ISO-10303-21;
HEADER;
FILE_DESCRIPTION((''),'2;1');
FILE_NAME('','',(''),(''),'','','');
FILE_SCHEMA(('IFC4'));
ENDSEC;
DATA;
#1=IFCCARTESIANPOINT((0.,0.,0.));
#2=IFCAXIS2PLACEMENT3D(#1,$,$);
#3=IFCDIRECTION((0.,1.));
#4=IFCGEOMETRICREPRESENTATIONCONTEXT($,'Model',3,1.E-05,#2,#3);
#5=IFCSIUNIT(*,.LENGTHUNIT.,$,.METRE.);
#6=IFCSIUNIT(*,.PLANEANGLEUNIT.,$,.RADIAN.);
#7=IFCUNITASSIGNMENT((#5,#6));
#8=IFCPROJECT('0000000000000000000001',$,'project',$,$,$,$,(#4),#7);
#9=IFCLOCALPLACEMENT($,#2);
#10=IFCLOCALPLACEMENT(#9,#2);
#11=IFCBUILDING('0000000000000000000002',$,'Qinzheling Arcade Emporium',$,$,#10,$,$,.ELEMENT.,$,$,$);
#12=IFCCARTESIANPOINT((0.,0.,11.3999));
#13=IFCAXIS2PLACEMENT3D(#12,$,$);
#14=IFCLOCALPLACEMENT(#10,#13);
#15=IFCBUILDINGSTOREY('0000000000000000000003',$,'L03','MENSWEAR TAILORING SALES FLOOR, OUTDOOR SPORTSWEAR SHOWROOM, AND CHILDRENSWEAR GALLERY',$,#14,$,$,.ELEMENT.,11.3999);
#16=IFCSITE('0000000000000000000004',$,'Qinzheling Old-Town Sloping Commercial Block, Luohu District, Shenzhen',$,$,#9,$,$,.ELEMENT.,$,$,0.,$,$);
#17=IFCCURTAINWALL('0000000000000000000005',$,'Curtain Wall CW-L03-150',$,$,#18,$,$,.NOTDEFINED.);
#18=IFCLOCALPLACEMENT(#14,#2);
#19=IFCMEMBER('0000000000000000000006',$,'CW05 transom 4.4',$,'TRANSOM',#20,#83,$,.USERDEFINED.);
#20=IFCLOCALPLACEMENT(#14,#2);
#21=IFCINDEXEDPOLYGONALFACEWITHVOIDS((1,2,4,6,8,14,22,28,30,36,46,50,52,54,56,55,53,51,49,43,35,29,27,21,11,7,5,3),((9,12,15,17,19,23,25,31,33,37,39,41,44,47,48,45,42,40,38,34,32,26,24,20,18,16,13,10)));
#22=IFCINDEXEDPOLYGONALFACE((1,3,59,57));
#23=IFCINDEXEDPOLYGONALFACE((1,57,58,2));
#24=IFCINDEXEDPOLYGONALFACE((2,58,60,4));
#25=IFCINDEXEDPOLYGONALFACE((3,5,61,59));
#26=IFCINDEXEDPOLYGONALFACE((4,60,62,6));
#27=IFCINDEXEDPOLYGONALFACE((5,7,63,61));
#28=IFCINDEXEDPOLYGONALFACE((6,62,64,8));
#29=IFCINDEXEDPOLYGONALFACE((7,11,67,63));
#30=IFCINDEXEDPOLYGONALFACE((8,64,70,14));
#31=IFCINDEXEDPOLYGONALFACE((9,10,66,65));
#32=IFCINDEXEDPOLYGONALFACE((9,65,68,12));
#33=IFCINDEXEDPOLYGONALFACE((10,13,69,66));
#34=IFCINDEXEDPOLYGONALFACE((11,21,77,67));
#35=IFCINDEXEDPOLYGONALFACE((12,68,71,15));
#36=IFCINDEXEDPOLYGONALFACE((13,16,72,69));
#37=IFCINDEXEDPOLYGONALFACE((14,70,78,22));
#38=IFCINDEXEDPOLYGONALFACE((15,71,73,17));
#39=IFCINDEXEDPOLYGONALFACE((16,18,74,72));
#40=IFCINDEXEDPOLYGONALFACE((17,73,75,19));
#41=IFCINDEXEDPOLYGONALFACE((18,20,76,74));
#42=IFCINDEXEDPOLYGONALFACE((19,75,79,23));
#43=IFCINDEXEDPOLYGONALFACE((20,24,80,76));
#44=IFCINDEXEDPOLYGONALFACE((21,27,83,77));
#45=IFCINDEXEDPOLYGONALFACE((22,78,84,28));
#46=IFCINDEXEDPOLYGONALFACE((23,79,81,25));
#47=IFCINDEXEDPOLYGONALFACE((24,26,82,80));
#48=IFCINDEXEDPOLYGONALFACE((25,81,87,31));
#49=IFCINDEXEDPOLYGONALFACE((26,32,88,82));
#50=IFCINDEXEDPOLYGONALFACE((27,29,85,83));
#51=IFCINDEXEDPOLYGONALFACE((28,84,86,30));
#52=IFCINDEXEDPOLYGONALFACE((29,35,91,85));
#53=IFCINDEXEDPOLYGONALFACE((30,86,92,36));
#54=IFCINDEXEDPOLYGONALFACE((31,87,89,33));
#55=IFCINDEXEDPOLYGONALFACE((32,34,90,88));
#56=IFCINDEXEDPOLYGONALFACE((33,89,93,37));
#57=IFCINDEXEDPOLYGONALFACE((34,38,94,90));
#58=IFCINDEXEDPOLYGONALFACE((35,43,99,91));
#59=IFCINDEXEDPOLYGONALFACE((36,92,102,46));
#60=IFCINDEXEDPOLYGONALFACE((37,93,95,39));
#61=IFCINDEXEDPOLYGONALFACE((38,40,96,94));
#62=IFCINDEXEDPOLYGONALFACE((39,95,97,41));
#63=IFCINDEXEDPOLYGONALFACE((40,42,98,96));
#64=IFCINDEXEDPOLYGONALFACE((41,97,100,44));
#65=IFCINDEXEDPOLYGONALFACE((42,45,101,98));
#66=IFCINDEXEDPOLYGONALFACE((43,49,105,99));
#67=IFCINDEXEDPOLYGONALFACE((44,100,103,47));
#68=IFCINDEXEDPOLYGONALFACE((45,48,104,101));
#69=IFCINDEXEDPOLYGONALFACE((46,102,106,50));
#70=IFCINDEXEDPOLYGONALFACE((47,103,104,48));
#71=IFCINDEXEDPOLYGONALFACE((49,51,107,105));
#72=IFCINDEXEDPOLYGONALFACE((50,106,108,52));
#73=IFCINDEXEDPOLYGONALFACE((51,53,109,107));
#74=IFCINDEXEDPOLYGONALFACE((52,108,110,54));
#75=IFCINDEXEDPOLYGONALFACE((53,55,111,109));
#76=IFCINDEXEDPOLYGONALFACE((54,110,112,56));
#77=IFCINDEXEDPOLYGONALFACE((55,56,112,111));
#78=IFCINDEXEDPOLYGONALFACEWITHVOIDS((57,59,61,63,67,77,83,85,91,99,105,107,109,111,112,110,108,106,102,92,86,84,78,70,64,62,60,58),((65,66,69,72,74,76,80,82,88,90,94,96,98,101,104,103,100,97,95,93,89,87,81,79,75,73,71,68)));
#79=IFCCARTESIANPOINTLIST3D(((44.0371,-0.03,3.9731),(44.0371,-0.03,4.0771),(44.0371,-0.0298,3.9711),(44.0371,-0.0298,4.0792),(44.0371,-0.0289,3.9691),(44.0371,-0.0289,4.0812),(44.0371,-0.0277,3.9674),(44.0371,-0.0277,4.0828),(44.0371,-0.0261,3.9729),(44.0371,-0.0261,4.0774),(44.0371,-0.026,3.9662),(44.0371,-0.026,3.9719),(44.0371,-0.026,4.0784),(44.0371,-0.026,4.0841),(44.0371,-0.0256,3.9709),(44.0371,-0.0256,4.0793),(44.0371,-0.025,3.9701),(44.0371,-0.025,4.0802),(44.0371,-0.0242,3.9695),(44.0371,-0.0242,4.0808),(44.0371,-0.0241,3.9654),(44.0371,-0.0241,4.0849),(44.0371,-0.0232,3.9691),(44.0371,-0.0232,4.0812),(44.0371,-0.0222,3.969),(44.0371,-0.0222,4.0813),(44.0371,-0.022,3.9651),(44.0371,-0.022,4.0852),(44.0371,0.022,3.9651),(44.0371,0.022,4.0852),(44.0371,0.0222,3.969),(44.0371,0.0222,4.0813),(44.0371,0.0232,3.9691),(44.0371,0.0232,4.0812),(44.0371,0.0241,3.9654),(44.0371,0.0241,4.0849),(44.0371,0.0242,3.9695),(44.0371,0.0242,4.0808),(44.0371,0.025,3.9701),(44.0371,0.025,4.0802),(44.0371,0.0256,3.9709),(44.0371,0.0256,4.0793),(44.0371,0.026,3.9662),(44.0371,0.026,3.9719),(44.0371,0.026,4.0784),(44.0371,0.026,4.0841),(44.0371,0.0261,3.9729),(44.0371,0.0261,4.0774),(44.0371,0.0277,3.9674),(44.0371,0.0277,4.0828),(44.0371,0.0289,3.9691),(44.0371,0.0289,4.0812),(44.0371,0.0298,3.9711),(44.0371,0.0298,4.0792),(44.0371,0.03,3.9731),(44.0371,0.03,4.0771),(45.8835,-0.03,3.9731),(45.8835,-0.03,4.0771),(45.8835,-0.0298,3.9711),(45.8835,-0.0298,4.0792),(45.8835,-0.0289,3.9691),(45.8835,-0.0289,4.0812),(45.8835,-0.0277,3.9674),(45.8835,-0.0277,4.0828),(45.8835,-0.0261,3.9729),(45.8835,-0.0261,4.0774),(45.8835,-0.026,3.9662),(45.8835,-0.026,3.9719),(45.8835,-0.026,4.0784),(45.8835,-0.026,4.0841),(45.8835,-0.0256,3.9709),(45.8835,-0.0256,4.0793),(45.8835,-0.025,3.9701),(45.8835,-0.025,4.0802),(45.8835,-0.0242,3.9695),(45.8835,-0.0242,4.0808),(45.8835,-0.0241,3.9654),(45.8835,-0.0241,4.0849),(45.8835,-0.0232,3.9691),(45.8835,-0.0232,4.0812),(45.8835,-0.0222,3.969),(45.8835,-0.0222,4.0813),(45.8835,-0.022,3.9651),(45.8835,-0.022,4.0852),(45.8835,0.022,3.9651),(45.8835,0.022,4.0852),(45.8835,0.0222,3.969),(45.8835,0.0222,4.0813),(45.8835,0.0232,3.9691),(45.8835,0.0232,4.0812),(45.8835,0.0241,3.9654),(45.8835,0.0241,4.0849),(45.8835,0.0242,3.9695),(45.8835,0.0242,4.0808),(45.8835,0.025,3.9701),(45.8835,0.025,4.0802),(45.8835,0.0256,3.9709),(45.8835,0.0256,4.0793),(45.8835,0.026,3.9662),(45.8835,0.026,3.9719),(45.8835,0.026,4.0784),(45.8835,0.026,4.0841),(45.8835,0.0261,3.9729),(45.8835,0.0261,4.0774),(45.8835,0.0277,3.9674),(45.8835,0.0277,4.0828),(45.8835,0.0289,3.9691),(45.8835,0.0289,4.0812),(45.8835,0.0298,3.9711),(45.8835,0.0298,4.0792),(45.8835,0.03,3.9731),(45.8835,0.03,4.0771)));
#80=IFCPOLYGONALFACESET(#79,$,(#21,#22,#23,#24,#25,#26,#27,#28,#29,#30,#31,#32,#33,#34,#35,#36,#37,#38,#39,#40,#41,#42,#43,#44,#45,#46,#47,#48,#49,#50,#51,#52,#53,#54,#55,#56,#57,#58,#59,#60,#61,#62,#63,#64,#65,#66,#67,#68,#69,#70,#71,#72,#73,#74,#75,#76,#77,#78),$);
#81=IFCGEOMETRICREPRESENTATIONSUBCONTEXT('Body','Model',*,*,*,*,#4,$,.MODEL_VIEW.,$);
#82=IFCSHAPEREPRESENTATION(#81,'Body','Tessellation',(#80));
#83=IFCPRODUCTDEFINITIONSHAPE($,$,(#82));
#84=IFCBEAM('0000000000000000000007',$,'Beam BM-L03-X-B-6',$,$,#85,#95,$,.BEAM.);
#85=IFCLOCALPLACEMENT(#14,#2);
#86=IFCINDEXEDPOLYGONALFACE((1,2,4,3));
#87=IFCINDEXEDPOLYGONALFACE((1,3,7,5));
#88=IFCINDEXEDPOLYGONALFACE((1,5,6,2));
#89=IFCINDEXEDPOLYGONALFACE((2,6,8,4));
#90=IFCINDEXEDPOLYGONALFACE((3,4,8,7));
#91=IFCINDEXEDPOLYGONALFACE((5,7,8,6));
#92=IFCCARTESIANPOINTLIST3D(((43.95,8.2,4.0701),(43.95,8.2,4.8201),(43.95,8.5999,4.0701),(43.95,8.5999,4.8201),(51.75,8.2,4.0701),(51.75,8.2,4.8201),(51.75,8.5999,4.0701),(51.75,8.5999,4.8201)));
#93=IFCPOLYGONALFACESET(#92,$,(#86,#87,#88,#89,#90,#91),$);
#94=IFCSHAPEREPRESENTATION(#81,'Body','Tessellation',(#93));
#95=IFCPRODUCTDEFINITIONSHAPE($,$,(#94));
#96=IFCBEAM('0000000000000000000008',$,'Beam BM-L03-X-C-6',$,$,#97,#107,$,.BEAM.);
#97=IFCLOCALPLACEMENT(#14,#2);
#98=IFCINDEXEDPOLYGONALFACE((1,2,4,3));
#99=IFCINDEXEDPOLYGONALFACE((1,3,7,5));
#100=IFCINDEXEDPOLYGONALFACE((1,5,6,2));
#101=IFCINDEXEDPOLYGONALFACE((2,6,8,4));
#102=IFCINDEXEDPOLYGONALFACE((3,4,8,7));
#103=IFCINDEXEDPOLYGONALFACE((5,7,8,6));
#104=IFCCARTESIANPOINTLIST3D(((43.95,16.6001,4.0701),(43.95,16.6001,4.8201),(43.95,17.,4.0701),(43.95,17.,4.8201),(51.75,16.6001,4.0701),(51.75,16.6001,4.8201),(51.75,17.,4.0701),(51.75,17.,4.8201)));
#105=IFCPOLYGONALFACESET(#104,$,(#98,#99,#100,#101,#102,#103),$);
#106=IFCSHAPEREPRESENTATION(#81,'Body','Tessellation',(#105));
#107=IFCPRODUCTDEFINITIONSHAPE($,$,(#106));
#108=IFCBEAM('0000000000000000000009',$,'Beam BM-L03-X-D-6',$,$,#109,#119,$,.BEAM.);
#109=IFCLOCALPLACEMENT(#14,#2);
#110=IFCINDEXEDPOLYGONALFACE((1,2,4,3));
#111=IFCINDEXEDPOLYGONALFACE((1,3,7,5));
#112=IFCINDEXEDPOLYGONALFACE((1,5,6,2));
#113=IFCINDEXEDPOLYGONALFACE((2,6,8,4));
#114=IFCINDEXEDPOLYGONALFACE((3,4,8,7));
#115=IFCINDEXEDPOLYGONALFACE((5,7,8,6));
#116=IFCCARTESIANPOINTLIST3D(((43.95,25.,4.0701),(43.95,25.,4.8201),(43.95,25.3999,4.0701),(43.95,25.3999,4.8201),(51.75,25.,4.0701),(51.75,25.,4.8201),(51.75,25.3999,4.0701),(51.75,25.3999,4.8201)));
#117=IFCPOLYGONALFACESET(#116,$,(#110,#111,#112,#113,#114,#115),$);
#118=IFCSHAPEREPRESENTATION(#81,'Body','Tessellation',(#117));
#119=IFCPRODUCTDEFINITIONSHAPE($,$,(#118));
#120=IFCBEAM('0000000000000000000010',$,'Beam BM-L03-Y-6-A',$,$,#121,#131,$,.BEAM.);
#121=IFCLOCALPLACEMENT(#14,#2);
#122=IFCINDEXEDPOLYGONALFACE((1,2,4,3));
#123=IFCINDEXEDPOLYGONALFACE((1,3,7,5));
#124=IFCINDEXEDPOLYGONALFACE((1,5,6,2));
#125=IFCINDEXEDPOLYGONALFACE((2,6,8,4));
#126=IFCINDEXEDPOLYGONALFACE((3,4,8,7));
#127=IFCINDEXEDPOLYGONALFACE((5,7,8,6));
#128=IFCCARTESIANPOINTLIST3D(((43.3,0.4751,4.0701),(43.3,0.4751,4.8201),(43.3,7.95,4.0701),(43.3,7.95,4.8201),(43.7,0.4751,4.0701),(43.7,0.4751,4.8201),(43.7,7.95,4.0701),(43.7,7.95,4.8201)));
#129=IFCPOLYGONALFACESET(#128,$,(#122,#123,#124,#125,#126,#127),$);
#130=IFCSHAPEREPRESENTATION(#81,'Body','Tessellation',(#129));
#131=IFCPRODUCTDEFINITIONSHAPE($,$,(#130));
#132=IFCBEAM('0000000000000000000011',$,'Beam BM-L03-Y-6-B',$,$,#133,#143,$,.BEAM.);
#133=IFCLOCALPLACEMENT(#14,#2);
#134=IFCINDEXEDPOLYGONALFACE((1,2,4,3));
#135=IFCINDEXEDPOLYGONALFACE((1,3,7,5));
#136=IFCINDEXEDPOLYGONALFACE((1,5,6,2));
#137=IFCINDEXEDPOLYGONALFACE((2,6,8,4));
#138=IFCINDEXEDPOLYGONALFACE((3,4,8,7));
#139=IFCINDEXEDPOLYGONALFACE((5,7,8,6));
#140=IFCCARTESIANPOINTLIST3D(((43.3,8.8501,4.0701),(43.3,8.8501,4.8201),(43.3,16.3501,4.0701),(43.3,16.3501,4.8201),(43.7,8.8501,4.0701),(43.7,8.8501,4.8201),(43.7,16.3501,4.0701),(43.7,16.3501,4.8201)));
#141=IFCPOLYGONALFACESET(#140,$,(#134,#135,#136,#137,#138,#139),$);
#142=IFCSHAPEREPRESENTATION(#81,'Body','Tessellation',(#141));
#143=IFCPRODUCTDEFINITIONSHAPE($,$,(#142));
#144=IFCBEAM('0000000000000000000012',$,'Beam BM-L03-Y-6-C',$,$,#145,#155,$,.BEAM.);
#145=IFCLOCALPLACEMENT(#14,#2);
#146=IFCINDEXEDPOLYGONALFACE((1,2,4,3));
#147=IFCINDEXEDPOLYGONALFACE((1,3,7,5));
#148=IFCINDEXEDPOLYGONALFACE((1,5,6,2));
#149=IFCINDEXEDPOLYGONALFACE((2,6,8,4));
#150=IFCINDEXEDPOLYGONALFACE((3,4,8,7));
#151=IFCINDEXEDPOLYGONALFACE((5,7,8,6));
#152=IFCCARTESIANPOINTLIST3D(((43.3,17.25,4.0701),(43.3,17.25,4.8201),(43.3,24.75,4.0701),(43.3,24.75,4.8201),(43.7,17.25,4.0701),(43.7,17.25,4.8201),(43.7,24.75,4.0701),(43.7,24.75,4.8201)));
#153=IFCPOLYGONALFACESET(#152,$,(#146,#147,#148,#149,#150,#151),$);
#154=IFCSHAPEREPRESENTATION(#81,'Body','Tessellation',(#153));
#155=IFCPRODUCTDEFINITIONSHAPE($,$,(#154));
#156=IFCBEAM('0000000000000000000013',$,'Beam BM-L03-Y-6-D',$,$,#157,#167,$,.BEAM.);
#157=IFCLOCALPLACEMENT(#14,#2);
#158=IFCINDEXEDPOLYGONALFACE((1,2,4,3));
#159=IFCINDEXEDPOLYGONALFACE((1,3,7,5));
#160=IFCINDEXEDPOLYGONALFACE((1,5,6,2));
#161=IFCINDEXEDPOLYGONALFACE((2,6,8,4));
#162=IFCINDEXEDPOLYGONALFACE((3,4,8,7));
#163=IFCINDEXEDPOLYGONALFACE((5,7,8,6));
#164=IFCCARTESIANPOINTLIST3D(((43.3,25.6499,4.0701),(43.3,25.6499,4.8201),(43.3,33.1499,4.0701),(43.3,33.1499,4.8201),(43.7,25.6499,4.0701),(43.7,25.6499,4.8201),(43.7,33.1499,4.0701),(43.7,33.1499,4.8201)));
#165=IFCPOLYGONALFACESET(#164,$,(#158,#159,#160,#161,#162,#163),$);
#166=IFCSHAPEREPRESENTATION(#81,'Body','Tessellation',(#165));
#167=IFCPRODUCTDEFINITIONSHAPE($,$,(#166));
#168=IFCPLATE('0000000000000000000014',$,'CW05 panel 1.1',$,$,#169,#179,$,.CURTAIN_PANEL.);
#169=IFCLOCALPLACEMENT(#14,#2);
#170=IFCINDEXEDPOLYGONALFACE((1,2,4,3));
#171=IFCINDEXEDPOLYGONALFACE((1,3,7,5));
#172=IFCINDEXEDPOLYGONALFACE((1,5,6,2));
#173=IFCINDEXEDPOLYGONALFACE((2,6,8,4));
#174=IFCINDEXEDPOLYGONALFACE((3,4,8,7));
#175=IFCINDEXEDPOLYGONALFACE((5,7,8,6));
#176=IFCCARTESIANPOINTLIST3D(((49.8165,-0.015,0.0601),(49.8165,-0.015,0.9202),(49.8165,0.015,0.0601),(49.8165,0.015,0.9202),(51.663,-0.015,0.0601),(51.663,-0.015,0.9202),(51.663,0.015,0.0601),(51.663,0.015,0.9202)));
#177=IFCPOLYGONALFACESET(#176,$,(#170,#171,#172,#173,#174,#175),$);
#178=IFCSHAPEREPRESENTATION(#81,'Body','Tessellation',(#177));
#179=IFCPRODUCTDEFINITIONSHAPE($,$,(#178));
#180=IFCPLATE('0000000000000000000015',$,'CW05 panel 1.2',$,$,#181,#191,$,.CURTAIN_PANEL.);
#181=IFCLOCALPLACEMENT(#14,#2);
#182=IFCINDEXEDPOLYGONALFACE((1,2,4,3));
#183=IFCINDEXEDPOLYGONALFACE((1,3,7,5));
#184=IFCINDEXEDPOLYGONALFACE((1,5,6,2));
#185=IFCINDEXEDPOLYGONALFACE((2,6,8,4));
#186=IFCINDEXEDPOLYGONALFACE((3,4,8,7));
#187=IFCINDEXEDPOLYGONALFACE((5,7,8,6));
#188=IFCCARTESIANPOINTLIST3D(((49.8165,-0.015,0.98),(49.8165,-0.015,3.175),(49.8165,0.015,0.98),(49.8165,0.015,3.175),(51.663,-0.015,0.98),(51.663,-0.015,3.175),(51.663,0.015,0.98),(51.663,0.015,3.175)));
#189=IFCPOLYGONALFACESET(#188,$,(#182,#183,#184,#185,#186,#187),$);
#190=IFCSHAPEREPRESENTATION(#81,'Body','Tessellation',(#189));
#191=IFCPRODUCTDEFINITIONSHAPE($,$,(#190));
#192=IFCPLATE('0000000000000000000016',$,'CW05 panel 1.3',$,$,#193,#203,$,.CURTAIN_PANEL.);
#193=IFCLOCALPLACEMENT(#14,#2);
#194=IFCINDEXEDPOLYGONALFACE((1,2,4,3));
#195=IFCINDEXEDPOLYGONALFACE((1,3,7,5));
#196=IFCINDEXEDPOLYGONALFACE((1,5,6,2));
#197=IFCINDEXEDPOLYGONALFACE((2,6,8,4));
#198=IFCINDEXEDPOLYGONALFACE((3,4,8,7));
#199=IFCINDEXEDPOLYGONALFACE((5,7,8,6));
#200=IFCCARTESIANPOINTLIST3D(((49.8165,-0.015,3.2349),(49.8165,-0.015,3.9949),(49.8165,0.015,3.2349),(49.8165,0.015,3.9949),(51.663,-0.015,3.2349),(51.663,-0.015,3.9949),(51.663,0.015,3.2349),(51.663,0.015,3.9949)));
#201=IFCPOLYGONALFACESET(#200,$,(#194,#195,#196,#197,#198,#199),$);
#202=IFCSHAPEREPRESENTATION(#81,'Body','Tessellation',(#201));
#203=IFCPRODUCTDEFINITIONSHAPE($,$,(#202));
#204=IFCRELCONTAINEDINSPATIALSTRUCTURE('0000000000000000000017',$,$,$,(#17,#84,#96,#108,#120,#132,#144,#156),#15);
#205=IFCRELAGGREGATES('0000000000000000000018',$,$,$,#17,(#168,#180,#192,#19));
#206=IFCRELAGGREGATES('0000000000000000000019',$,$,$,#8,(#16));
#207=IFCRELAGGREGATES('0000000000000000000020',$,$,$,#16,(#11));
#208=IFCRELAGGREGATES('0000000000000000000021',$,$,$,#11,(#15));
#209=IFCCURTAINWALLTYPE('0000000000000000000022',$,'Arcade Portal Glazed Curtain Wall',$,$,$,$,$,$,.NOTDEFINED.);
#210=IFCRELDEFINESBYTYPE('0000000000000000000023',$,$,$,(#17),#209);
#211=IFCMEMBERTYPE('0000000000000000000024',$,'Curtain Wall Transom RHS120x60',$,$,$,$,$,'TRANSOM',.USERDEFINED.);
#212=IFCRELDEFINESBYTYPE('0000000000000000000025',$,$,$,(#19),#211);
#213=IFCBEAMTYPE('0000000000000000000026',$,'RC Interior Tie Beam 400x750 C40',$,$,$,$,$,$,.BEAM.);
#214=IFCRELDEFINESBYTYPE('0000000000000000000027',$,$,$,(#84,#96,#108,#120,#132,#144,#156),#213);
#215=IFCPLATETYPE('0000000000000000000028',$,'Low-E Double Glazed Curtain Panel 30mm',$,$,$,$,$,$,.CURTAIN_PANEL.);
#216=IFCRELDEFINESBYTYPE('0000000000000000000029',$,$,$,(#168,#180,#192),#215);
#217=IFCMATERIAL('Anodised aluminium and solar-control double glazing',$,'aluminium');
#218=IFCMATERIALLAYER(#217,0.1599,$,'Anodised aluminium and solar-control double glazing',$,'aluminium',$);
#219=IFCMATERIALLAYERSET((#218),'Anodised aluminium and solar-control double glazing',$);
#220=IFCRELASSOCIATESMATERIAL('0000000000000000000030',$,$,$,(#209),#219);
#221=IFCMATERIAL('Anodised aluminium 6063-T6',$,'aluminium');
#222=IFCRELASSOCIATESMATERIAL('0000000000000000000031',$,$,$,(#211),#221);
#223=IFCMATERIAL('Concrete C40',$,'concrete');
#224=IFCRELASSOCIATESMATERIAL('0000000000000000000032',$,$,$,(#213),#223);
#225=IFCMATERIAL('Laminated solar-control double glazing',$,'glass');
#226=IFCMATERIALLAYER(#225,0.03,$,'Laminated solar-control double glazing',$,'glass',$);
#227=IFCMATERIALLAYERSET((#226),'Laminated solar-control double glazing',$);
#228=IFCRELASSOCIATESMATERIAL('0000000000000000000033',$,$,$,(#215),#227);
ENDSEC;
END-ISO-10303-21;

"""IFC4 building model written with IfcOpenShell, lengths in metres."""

from ifc_helpers import new_model, si_unit, direction, frame, origin, origin_2d, place, context, subcontext, project, spatial, rectangle, hollow_rectangle, extrude, material, layer, layer_set, material_profile, profile_set, type_object, element, aggregate, save


model = new_model("IFC4")

# Units and contexts
model_context = context("Model", 3, precision=1e-05, world=origin(), true_north=direction((0.0, 1.0)))
body_context = subcontext(model_context, "Body", "Model", "MODEL_VIEW")
ifc_project = project(units=[si_unit("LENGTHUNIT", "METRE"), si_unit("PLANEANGLEUNIT", "RADIAN")], contexts=[model_context])

# Site, building, storey
site_placement = place(None, origin())
site = spatial("IfcSite", under=ifc_project, at=site_placement, Name="Qinzheling Old-Town Sloping Commercial Block, Luohu District, Shenzhen", CompositionType="ELEMENT", RefElevation=0.0)
building_placement = place(site_placement, origin())
building = spatial("IfcBuilding", under=site, at=building_placement, Name="Qinzheling Arcade Emporium", CompositionType="ELEMENT")
storey_placement = place(building_placement, frame((0.0, 0.0, 11.3999)))
storey = spatial("IfcBuildingStorey", under=building, at=storey_placement, Name="L03", Description="MENSWEAR TAILORING SALES FLOOR, OUTDOOR SPORTSWEAR SHOWROOM, AND CHILDRENSWEAR GALLERY", CompositionType="ELEMENT", Elevation=11.3999)

# Curtain wall, member
ifc_material_1 = material(Name="Anodised aluminium and solar-control double glazing", Category="aluminium")
ifc_layer_1 = layer(ifc_material_1, 0.1599, Name="Anodised aluminium and solar-control double glazing", Category="aluminium")
ifc_layer_set_1 = layer_set([ifc_layer_1], Name="Anodised aluminium and solar-control double glazing")
curtain_wall_type = type_object("IfcCurtainWallType", Name="Arcade Portal Glazed Curtain Wall", PredefinedType="NOTDEFINED", material=ifc_layer_set_1)
curtain_wall_placement = place(storey_placement, origin())
curtain_wall = element("IfcCurtainWall", 1, at=curtain_wall_placement, inside=storey, type_object=curtain_wall_type, Name="Curtain Wall CW-L03-150", PredefinedType="NOTDEFINED")
ifc_material_2 = material(Name="Anodised aluminium 6063-T6", Category="aluminium")
ifc_material_profile_1 = material_profile(ifc_material_2, hollow_rectangle(XDim=0.0601, YDim=0.1201, WallThickness=0.0039, InnerFilletRadius=0.0039, OuterFilletRadius=0.0081, at=origin_2d()), Name="RHS 120x60x4", Category="aluminium")
ifc_profile_set_1 = profile_set([ifc_material_profile_1], Name="Anodised aluminium 6063-T6")
member_type_1 = type_object("IfcMemberType", Name="Curtain Wall Transom RHS120x60", ElementType="TRANSOM", PredefinedType="USERDEFINED", material=ifc_profile_set_1)
member_1_placement = place(storey_placement, frame((45.8835, 0.0, 4.0251), z_axis=(-1.0, 0.0, 0.0), x_axis=(0.0, -1.0, 0.0)))
member_1 = element("IfcMember", 2, at=member_1_placement, type_object=member_type_1, Name="CW05 transom 4.4", ObjectType="TRANSOM", PredefinedType="USERDEFINED", context=body_context, shape_type="SweptSolid", body=[
    extrude(hollow_rectangle(XDim=0.0601, YDim=0.1201, WallThickness=0.0039, InnerFilletRadius=0.0039, OuterFilletRadius=0.0081, at=origin_2d()), origin(), (0.0, 0.0, 1.0), 1.8464),
])

# Beams
ifc_material_3 = material(Name="Concrete C40", Category="concrete")
ifc_material_profile_2 = material_profile(ifc_material_3, rectangle(XDim=0.3999, YDim=0.75, at=origin_2d()), Name="RC 400x750", Category="concrete")
ifc_profile_set_2 = profile_set([ifc_material_profile_2], Name="Concrete C40")
beam_type = type_object("IfcBeamType", Name="RC Interior Tie Beam 400x750 C40", PredefinedType="BEAM", material=ifc_profile_set_2)
for number, where, z_axis, x_axis, name in (
    (3, (43.95, 8.3999, 4.4451), (1.0, 0.0, 0.0), (0.0, 1.0, 0.0), "Beam BM-L03-X-B-6"),
    (4, (43.95, 16.8, 4.4451), (1.0, 0.0, 0.0), (0.0, 1.0, 0.0), "Beam BM-L03-X-C-6"),
    (5, (43.95, 25.2, 4.4451), (1.0, 0.0, 0.0), (0.0, 1.0, 0.0), "Beam BM-L03-X-D-6"),
):
    element("IfcBeam", number, at=place(storey_placement, frame(where, z_axis=z_axis, x_axis=x_axis)), inside=storey, type_object=beam_type, Name=name, PredefinedType="BEAM", context=body_context, shape_type="SweptSolid", body=[
        extrude(rectangle(XDim=0.3999, YDim=0.75, at=origin_2d()), origin(), (0.0, 0.0, 1.0), 7.8),
    ])
beam_placement = place(storey_placement, frame((43.5, 0.4751, 4.4451), z_axis=(0.0, 1.0, 0.0), x_axis=(-1.0, 0.0, 0.0)))
element("IfcBeam", 6, at=beam_placement, inside=storey, type_object=beam_type, Name="Beam BM-L03-Y-6-A", PredefinedType="BEAM", context=body_context, shape_type="SweptSolid", body=[
    extrude(rectangle(XDim=0.3999, YDim=0.75, at=origin_2d()), origin(), (0.0, 0.0, 1.0), 7.4749),
])
for number, where, z_axis, x_axis, name in (
    (7, (43.5, 8.8501, 4.4451), (0.0, 1.0, 0.0), (-1.0, 0.0, 0.0), "Beam BM-L03-Y-6-B"),
    (8, (43.5, 17.25, 4.4451), (0.0, 1.0, 0.0), (-1.0, 0.0, 0.0), "Beam BM-L03-Y-6-C"),
    (9, (43.5, 25.6499, 4.4451), (0.0, 1.0, 0.0), (-1.0, 0.0, 0.0), "Beam BM-L03-Y-6-D"),
):
    element("IfcBeam", number, at=place(storey_placement, frame(where, z_axis=z_axis, x_axis=x_axis)), inside=storey, type_object=beam_type, Name=name, PredefinedType="BEAM", context=body_context, shape_type="SweptSolid", body=[
        extrude(rectangle(XDim=0.3999, YDim=0.75, at=origin_2d()), origin(), (0.0, 0.0, 1.0), 7.5),
    ])

# Plates
ifc_material_4 = material(Name="Laminated solar-control double glazing", Category="glass")
ifc_layer_2 = layer(ifc_material_4, 0.03, Name="Laminated solar-control double glazing", Category="glass")
ifc_layer_set_2 = layer_set([ifc_layer_2], Name="Laminated solar-control double glazing")
plate_type_1 = type_object("IfcPlateType", Name="Low-E Double Glazed Curtain Panel 30mm", PredefinedType="CURTAIN_PANEL", material=ifc_layer_set_2)
plate_1_placement = place(storey_placement, frame((50.7397, 0.0, 0.0601), z_axis=(0.0, 0.0, 1.0), x_axis=(-1.0, 0.0, 0.0)))
plate_1 = element("IfcPlate", 10, at=plate_1_placement, type_object=plate_type_1, Name="CW05 panel 1.1", PredefinedType="CURTAIN_PANEL", context=body_context, shape_type="SweptSolid", body=[
    extrude(rectangle(XDim=1.8464, YDim=0.03, at=origin_2d()), origin(), (0.0, 0.0, 1.0), 0.8601),
])
plate_2_placement = place(storey_placement, frame((50.7397, 0.0, 0.98), z_axis=(0.0, 0.0, 1.0), x_axis=(-1.0, 0.0, 0.0)))
plate_2 = element("IfcPlate", 11, at=plate_2_placement, type_object=plate_type_1, Name="CW05 panel 1.2", PredefinedType="CURTAIN_PANEL", context=body_context, shape_type="SweptSolid", body=[
    extrude(rectangle(XDim=1.8464, YDim=0.03, at=origin_2d()), origin(), (0.0, 0.0, 1.0), 2.1951),
])
plate_3_placement = place(storey_placement, frame((50.7397, 0.0, 3.2349), z_axis=(0.0, 0.0, 1.0), x_axis=(-1.0, 0.0, 0.0)))
plate_3 = element("IfcPlate", 12, at=plate_3_placement, type_object=plate_type_1, Name="CW05 panel 1.3", PredefinedType="CURTAIN_PANEL", context=body_context, shape_type="SweptSolid", body=[
    extrude(rectangle(XDim=1.8464, YDim=0.03, at=origin_2d()), origin(), (0.0, 0.0, 1.0), 0.76),
])
aggregate(curtain_wall, [plate_1, plate_2, plate_3, member_1])

save(model, "model.ifc")
